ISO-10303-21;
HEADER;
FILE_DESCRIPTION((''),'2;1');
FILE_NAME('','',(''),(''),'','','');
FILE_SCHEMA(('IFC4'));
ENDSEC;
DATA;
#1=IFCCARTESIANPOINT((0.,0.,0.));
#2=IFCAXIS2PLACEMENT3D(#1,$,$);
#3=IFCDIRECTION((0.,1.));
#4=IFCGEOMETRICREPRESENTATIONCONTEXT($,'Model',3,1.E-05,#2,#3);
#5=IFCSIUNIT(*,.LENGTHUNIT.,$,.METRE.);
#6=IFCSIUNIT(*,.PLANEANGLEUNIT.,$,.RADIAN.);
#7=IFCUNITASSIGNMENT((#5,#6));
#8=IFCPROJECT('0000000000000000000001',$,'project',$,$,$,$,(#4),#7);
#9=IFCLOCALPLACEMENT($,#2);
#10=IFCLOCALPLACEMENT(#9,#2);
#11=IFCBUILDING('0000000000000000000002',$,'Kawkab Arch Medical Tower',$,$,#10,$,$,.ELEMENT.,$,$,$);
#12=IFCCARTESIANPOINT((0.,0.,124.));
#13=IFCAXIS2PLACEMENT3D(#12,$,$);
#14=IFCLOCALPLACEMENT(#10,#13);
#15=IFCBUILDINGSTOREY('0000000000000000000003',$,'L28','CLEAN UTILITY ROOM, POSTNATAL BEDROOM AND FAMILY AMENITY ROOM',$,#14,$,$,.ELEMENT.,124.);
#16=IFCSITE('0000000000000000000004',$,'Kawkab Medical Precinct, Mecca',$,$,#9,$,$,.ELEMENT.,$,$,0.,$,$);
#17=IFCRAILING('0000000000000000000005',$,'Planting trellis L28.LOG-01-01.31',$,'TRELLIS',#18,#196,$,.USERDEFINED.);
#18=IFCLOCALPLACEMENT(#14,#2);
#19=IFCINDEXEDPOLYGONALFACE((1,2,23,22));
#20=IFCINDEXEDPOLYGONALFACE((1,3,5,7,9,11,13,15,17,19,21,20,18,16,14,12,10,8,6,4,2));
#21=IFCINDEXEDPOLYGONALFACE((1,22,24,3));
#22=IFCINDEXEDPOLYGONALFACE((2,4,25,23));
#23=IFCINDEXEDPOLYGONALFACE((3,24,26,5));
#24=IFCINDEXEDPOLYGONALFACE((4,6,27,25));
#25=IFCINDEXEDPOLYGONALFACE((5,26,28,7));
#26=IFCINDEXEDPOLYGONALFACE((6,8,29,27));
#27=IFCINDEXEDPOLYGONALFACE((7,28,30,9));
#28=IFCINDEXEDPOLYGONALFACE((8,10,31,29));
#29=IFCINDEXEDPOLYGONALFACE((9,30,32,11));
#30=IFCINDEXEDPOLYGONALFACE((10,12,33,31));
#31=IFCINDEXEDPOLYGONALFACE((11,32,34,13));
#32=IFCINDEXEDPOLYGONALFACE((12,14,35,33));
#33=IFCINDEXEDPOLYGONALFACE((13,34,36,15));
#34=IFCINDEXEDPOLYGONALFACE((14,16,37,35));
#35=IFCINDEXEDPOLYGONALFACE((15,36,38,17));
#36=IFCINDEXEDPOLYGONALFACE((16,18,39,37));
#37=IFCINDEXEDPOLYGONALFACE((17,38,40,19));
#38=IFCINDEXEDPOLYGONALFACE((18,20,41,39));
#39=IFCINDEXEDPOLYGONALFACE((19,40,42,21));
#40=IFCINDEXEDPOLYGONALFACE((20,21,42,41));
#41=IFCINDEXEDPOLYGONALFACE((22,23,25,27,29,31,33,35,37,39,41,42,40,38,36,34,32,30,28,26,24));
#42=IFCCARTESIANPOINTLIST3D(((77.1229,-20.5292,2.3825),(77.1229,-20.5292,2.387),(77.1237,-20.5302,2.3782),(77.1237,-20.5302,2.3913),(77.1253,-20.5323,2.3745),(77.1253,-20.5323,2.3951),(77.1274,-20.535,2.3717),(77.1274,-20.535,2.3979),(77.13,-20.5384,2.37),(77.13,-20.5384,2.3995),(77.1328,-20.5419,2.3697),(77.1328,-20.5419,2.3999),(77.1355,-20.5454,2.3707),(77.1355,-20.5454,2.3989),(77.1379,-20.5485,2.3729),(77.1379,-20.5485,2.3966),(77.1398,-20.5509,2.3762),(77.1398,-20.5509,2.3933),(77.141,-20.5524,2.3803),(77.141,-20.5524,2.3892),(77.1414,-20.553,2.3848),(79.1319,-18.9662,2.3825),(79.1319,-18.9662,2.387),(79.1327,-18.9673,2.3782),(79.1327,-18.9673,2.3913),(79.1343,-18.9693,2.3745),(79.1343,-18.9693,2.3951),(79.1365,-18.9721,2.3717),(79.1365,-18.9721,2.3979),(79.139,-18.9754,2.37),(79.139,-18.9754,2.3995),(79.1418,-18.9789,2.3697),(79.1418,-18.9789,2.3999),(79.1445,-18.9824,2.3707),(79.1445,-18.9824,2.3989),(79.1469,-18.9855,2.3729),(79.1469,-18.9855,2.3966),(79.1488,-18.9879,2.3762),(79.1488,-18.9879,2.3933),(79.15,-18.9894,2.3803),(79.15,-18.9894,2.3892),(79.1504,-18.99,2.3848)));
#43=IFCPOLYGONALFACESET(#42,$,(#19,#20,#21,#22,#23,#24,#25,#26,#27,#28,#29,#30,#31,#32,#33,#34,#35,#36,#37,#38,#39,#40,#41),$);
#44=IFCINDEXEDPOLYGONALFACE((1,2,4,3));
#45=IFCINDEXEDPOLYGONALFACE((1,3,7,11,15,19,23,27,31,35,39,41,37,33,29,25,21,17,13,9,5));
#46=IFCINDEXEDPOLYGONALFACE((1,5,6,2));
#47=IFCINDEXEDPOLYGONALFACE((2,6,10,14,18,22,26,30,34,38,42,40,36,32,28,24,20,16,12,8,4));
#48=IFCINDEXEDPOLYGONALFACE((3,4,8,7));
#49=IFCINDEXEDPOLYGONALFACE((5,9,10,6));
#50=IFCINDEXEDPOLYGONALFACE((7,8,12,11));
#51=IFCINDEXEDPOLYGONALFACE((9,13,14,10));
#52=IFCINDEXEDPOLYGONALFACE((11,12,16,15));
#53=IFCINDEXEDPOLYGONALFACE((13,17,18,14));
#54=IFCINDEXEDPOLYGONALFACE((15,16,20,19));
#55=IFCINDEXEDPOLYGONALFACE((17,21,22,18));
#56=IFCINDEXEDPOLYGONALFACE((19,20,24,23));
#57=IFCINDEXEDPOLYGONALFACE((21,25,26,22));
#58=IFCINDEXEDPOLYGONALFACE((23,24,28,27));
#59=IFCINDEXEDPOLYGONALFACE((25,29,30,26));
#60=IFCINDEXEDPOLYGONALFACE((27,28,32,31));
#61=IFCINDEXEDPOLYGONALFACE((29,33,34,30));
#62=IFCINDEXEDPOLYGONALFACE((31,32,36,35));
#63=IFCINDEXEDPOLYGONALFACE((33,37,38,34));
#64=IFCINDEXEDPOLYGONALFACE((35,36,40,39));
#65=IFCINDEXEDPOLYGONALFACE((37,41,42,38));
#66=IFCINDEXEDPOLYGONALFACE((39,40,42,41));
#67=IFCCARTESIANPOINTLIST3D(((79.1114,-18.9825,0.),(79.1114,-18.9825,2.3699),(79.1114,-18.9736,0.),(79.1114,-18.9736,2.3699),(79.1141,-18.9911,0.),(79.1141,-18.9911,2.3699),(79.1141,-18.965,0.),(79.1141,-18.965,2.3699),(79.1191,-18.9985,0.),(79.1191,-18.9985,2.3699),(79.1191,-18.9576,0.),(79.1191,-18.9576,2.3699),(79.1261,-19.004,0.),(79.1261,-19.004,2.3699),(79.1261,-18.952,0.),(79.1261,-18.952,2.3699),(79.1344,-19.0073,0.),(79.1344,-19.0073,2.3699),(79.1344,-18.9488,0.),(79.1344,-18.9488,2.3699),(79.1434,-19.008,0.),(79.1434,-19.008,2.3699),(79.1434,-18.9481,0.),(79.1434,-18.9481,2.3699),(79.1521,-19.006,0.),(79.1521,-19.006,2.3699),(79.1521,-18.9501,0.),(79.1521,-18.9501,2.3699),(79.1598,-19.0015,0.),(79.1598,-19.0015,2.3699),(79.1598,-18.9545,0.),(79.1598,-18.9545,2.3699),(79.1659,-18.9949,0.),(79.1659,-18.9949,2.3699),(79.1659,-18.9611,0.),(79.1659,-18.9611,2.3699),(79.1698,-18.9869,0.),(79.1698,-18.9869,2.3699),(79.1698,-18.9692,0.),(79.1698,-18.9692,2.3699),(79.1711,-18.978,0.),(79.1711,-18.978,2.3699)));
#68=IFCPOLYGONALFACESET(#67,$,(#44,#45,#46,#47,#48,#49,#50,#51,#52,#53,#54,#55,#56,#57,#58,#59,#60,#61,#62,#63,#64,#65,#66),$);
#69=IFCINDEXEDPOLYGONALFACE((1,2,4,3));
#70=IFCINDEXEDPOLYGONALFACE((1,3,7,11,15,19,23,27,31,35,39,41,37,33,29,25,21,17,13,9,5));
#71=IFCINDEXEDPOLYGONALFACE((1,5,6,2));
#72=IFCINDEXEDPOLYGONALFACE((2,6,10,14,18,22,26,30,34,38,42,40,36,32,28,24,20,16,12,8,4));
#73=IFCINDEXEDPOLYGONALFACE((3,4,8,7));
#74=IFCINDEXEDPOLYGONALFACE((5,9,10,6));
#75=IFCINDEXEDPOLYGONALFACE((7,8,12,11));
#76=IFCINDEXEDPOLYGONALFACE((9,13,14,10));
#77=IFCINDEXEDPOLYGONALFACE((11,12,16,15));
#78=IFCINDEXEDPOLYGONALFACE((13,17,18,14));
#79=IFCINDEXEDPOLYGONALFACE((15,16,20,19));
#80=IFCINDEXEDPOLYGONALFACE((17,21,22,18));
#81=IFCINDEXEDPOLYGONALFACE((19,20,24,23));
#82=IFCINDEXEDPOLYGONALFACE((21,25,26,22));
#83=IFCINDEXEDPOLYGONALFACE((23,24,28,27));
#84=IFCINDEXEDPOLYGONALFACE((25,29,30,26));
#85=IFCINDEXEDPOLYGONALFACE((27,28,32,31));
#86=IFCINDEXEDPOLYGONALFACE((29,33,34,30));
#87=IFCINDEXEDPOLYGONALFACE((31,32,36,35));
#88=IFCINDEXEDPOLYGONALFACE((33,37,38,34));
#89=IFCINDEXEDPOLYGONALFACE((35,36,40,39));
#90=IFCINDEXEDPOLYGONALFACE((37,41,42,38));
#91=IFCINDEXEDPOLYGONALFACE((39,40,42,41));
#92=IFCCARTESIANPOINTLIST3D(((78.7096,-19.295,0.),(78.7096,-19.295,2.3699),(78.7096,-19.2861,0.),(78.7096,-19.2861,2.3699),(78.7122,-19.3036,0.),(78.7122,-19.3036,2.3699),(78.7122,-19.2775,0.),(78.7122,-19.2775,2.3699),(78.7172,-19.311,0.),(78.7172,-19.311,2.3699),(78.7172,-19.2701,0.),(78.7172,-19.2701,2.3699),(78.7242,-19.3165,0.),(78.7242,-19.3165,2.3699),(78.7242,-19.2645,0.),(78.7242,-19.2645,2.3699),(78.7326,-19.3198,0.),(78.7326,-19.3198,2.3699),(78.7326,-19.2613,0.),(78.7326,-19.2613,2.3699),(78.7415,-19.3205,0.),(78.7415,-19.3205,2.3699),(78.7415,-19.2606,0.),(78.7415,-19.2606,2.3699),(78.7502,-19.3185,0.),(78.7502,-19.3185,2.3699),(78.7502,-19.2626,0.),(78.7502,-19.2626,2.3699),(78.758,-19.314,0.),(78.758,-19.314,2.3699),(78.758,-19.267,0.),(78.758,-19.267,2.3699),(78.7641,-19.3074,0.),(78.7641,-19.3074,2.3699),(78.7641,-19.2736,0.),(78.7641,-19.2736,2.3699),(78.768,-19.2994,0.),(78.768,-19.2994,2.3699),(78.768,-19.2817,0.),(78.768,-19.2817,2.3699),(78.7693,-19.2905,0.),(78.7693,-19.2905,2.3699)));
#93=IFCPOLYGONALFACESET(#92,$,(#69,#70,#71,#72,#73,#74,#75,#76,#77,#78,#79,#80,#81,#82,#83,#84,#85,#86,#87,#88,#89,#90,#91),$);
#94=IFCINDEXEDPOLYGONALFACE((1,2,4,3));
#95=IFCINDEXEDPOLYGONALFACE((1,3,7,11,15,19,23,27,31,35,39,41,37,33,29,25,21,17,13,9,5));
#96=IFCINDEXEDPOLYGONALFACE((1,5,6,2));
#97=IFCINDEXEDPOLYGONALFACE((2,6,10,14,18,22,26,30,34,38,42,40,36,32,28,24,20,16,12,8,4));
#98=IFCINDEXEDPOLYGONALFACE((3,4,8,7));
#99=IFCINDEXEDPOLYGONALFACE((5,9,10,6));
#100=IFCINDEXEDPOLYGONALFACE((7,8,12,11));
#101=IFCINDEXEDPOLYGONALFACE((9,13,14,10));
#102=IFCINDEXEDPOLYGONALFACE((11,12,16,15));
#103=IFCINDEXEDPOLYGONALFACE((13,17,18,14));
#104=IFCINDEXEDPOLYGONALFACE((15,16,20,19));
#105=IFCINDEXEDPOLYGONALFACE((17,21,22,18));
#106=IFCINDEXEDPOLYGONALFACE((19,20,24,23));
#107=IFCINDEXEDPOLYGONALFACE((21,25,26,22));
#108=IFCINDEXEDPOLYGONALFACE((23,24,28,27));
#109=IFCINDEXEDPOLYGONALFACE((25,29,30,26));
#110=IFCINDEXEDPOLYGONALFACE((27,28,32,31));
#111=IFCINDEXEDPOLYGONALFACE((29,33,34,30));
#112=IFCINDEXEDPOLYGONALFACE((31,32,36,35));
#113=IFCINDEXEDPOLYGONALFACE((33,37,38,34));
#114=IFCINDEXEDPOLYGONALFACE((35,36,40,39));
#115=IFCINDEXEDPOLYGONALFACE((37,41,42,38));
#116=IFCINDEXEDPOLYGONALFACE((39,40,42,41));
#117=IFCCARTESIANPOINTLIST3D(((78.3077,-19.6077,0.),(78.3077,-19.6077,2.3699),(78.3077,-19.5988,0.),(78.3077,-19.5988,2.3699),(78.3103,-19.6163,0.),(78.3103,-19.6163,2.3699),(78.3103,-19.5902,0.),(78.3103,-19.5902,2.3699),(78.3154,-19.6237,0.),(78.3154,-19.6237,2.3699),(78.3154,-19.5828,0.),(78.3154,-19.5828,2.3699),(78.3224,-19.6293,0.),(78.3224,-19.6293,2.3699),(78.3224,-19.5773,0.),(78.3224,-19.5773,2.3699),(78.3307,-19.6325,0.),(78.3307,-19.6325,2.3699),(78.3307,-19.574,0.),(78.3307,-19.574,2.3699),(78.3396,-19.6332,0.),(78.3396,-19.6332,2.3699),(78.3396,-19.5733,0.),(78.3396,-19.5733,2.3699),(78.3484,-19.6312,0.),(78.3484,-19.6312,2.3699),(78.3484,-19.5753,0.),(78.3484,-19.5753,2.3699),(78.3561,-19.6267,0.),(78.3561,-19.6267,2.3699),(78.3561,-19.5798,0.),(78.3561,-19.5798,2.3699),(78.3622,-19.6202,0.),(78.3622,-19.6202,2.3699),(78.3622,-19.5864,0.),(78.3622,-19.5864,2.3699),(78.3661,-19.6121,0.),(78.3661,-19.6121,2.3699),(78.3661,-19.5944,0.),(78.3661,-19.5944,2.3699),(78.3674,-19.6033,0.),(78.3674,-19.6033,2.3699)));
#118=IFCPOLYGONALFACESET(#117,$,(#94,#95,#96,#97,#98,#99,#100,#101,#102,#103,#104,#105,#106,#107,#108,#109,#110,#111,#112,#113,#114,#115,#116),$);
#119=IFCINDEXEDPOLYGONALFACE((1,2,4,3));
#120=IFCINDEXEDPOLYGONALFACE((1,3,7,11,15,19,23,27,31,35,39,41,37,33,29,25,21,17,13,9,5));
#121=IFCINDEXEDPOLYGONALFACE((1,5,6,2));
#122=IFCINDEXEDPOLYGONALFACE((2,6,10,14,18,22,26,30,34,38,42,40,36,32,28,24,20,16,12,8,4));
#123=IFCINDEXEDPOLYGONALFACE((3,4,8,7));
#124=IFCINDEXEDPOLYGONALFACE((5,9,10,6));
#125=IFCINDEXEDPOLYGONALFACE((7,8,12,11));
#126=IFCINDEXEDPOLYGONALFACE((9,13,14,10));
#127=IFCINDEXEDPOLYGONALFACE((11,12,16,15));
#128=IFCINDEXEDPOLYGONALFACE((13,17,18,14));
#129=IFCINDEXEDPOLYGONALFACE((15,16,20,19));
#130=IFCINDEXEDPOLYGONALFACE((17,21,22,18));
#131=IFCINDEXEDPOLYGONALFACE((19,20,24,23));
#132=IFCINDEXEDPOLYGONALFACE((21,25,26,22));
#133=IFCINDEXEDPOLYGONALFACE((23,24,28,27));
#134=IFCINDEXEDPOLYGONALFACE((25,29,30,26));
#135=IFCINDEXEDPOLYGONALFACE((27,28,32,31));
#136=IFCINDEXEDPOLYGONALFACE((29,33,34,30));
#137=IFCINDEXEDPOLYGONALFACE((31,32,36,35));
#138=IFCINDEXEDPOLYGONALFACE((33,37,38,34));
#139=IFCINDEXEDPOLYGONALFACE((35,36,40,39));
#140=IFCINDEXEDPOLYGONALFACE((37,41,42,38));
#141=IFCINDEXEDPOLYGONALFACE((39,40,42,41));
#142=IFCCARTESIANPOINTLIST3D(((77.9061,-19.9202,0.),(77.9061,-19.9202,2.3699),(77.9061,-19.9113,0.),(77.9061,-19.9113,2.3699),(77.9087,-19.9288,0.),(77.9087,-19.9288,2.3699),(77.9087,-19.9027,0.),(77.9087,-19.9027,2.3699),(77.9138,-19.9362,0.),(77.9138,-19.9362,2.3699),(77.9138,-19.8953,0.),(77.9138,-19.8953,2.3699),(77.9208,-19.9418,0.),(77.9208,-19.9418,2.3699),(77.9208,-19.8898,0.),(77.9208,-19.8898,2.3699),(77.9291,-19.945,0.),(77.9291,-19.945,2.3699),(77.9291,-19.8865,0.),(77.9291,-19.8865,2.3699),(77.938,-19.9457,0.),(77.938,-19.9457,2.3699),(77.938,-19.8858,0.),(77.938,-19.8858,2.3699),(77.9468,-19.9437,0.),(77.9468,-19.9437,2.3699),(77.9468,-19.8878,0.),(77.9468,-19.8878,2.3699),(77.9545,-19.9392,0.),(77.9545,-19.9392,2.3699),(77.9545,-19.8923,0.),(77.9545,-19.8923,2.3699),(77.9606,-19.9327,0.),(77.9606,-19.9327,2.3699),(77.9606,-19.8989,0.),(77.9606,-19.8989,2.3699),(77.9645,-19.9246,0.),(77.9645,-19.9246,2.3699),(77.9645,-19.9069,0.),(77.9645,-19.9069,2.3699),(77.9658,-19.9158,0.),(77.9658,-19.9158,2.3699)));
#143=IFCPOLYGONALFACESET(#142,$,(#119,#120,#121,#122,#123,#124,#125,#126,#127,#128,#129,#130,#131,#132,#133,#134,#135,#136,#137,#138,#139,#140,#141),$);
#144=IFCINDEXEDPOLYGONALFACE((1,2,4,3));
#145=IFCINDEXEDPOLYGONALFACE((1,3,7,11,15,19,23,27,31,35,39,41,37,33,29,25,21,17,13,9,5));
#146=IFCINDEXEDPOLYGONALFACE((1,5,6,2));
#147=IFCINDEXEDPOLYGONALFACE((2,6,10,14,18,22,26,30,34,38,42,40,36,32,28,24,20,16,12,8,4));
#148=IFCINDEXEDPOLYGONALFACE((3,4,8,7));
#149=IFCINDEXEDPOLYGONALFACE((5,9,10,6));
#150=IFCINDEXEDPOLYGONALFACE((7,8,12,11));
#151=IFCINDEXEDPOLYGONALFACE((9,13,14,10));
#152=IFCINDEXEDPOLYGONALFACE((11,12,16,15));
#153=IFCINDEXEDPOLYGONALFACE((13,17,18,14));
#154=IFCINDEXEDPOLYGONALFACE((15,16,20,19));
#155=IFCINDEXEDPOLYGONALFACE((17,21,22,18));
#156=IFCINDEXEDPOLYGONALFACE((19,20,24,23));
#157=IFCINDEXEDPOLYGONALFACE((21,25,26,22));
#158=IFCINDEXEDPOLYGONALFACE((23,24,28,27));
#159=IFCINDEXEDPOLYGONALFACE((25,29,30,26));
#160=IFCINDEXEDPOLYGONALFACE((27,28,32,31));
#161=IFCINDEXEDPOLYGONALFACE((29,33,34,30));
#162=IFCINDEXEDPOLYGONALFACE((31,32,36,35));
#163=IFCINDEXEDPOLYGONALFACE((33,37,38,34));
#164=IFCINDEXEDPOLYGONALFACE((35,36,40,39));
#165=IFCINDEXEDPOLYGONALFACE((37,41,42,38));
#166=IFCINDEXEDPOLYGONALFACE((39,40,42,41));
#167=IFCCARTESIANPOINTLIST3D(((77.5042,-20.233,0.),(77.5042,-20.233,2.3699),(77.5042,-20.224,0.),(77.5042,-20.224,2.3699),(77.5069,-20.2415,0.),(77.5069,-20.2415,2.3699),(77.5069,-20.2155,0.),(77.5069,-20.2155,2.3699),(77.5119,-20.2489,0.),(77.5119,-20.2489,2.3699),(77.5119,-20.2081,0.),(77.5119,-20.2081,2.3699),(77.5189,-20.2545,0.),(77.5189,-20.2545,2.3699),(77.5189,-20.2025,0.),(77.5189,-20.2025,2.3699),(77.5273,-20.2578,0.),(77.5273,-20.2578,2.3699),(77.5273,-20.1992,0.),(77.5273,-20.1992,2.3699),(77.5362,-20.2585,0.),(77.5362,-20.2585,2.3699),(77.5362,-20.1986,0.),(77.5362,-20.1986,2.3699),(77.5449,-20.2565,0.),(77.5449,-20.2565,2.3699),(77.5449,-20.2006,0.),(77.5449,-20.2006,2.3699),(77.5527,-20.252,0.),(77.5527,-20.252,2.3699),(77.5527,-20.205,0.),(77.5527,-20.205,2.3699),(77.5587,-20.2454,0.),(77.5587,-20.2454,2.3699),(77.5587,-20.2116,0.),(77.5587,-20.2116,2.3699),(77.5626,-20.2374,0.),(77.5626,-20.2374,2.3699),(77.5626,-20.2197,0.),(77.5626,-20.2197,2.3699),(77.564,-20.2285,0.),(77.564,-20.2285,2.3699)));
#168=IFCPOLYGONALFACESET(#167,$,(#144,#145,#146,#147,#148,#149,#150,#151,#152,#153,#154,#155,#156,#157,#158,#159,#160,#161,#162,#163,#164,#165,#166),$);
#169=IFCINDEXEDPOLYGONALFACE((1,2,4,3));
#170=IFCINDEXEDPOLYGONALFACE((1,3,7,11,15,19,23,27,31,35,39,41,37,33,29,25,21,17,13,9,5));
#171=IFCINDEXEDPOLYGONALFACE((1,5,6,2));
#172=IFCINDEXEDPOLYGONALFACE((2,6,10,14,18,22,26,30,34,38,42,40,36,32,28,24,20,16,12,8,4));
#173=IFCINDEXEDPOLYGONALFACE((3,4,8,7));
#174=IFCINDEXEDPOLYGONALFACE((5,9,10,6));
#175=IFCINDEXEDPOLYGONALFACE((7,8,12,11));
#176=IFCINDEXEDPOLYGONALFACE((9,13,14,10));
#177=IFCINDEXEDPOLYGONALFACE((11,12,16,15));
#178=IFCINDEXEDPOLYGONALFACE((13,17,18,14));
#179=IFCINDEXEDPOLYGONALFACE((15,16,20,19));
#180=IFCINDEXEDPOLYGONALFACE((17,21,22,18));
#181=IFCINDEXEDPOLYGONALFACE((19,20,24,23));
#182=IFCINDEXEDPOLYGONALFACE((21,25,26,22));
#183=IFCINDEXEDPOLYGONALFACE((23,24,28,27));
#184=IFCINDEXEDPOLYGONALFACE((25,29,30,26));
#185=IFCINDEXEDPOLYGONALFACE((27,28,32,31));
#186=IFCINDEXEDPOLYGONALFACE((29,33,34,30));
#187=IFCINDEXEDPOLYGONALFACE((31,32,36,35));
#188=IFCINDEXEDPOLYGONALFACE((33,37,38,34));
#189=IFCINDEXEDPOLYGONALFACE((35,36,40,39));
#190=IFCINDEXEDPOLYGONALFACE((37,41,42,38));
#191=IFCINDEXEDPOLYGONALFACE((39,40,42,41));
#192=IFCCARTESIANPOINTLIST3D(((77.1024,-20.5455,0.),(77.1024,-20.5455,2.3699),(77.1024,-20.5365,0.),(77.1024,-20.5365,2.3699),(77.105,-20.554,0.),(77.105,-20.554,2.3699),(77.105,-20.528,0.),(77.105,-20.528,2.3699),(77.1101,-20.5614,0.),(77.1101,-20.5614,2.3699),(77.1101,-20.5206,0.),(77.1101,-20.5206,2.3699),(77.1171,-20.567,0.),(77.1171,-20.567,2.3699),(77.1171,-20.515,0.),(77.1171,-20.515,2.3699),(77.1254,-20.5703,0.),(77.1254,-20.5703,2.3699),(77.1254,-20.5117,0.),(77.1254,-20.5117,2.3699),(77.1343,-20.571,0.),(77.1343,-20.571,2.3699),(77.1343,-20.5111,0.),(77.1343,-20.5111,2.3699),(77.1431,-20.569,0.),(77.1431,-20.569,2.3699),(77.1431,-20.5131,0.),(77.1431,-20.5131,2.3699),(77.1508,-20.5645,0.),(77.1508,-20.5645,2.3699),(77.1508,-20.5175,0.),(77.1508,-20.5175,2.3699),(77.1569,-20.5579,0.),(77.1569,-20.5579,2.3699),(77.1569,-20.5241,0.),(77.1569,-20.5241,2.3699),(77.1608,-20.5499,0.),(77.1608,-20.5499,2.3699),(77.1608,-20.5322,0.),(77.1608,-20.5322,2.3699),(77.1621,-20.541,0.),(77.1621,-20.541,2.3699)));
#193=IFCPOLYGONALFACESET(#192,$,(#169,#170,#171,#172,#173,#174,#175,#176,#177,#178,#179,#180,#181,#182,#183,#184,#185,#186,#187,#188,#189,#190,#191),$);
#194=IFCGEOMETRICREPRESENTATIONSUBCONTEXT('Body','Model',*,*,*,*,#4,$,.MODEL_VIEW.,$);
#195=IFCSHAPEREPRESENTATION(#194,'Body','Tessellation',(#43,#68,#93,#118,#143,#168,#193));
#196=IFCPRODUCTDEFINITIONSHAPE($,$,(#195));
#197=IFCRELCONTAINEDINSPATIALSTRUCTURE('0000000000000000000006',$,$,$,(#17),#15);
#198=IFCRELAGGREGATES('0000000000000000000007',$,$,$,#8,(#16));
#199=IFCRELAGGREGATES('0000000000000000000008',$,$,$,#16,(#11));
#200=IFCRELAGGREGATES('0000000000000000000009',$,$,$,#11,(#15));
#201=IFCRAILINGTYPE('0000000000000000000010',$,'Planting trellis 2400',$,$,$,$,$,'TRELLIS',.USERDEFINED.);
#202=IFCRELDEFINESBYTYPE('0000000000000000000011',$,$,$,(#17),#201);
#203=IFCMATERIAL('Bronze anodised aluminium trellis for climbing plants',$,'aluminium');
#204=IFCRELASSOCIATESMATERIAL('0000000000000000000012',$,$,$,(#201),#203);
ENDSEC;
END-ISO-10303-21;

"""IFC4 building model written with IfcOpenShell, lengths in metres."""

from ifc_helpers import new_model, si_unit, direction, frame, origin, origin_2d, place, context, subcontext, project, spatial, circle, extrude, material, type_object, element, save


model = new_model("IFC4")

# Units and contexts
model_context = context("Model", 3, precision=1e-05, world=origin(), true_north=direction((0.0, 1.0)))
body_context = subcontext(model_context, "Body", "Model", "MODEL_VIEW")
ifc_project = project(units=[si_unit("LENGTHUNIT", "METRE"), si_unit("PLANEANGLEUNIT", "RADIAN")], contexts=[model_context])

# Site, building, storey
site_placement = place(None, origin())
site = spatial("IfcSite", under=ifc_project, at=site_placement, Name="Kawkab Medical Precinct, Mecca", CompositionType="ELEMENT", RefElevation=0.0)
building_placement = place(site_placement, origin())
building = spatial("IfcBuilding", under=site, at=building_placement, Name="Kawkab Arch Medical Tower", CompositionType="ELEMENT")
storey_placement = place(building_placement, frame((0.0, 0.0, 124.0)))
storey = spatial("IfcBuildingStorey", under=building, at=storey_placement, Name="L28", Description="CLEAN UTILITY ROOM, POSTNATAL BEDROOM AND FAMILY AMENITY ROOM", CompositionType="ELEMENT", Elevation=124.0)

# Railing
ifc_material_1 = material(Name="Bronze anodised aluminium trellis for climbing plants", Category="aluminium")
railing_type = type_object("IfcRailingType", Name="Planting trellis 2400", ElementType="TRELLIS", PredefinedType="USERDEFINED", material=ifc_material_1)
railing_1_placement = place(storey_placement, frame((79.1411, -18.978, 0.0)))
element("IfcRailing", 1, at=railing_1_placement, inside=storey, type_object=railing_type, Name="Planting trellis L28.LOG-01-01.31", ObjectType="TRELLIS", PredefinedType="USERDEFINED", context=body_context, shape_type="SweptSolid", body=[
    extrude(circle(Radius=0.0151, at=origin_2d()), frame((0.0, 0.0, 2.3848), z_axis=(-0.789275, -0.61404, 0.0), x_axis=(0.61404, -0.789275, 0.0)), (0.0, 0.0, 1.0), 2.5454),
    extrude(circle(Radius=0.03, at=origin_2d()), origin(), (0.0, 0.0, 1.0), 2.3699),
    extrude(circle(Radius=0.03, at=origin_2d()), frame((-0.4019, -0.3125, 0.0)), (0.0, 0.0, 1.0), 2.3699),
    extrude(circle(Radius=0.03, at=origin_2d()), frame((-0.8037, -0.6252, 0.0)), (0.0, 0.0, 1.0), 2.3699),
    extrude(circle(Radius=0.03, at=origin_2d()), frame((-1.2053, -0.9377, 0.0)), (0.0, 0.0, 1.0), 2.3699),
    extrude(circle(Radius=0.03, at=origin_2d()), frame((-1.6072, -1.2505, 0.0)), (0.0, 0.0, 1.0), 2.3699),
    extrude(circle(Radius=0.03, at=origin_2d()), frame((-2.009, -1.563, 0.0)), (0.0, 0.0, 1.0), 2.3699),
])

save(model, "model.ifc")
